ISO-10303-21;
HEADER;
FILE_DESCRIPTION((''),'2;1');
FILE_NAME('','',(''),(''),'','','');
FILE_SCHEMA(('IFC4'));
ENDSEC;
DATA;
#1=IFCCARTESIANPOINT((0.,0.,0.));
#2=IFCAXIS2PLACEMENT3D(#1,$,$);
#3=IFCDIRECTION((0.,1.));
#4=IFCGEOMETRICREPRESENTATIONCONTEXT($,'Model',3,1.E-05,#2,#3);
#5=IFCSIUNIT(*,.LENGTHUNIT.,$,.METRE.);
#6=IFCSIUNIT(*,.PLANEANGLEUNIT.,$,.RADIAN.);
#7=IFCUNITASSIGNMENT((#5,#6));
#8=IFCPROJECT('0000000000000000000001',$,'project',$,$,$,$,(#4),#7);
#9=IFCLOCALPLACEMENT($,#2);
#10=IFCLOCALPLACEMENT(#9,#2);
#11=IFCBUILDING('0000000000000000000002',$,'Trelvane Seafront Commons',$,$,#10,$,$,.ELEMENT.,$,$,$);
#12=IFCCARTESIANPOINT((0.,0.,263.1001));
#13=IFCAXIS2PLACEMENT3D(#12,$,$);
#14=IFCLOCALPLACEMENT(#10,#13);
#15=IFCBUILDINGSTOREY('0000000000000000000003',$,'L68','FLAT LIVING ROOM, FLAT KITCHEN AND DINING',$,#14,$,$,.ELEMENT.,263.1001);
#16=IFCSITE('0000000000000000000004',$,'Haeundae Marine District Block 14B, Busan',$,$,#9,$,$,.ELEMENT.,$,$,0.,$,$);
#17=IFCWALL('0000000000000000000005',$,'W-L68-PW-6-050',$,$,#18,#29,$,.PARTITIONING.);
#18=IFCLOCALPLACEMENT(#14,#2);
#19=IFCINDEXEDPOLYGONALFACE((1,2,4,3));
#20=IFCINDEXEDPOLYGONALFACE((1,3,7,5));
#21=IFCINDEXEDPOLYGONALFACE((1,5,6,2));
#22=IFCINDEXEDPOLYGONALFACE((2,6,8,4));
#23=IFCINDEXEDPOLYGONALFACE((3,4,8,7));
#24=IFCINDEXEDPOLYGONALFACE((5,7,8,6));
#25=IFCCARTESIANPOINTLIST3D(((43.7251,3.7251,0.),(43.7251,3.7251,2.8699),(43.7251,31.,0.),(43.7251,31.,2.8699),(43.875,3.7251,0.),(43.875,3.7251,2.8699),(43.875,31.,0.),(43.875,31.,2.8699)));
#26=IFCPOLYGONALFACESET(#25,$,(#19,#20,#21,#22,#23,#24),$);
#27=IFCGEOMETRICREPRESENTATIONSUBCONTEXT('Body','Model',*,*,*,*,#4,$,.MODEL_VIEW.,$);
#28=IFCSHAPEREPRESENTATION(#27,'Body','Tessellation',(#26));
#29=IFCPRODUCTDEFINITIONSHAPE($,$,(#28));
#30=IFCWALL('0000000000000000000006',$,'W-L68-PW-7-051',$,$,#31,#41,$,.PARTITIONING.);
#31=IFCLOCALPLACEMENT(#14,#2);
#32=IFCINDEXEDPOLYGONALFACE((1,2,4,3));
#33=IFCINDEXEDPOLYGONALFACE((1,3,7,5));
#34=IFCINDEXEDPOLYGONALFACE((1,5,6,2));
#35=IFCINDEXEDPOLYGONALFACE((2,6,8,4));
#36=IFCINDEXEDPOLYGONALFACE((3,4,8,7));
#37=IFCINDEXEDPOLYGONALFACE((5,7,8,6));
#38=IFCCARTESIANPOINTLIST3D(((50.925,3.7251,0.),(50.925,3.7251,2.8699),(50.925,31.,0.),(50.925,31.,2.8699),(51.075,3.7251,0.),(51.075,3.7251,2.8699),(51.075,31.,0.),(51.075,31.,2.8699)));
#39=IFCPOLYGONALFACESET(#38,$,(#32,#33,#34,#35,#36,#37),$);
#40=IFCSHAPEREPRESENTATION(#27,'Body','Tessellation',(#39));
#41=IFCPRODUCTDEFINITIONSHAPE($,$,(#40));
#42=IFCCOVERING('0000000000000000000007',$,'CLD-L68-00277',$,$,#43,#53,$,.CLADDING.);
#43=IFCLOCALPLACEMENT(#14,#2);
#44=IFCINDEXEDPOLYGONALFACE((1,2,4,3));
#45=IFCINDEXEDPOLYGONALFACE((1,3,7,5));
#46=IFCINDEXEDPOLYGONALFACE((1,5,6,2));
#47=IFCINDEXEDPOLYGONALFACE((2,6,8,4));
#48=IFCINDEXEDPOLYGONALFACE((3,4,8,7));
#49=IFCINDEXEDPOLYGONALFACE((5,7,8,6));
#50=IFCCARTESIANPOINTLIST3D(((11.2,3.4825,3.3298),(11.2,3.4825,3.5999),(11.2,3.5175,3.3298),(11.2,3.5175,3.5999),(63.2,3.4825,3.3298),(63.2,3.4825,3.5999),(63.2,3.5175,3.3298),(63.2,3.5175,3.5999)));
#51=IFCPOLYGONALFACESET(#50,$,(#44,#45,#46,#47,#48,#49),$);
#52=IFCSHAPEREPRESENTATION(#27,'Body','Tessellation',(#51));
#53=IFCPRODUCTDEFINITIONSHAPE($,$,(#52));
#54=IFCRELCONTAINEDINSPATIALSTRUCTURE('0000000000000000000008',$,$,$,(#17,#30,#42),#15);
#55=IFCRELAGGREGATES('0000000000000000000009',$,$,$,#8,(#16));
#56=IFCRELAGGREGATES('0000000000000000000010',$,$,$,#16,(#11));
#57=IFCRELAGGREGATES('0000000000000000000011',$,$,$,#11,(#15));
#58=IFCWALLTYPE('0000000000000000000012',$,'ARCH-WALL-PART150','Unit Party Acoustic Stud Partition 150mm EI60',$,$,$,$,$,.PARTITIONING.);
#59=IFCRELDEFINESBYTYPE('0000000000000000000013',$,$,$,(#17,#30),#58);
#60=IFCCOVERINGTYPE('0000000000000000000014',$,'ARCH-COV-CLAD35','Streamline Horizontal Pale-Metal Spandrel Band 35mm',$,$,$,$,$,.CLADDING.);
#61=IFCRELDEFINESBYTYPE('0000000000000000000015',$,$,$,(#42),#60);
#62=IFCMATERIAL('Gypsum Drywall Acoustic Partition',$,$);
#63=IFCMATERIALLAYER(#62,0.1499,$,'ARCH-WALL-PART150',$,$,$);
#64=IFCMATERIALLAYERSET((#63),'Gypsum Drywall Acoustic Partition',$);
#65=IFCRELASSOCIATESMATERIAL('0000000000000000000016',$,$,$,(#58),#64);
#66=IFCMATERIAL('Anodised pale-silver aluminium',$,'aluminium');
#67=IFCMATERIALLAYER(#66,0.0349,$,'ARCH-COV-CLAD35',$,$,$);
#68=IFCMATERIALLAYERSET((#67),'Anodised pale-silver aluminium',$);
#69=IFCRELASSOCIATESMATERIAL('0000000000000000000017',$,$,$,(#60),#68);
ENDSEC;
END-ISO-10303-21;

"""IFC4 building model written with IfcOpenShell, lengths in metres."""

from ifc_helpers import new_model, si_unit, direction, frame, frame_2d, origin, origin_2d, place, context, subcontext, project, spatial, rectangle, extrude, source, transform, mapped, material, layer, layer_set, type_object, element, save


model = new_model("IFC4")

# Units and contexts
model_context = context("Model", 3, precision=1e-05, world=origin(), true_north=direction((0.0, 1.0)))
body_context = subcontext(model_context, "Body", "Model", "MODEL_VIEW")
ifc_project = project(units=[si_unit("LENGTHUNIT", "METRE"), si_unit("PLANEANGLEUNIT", "RADIAN")], contexts=[model_context])

# Site, building, storey
site_placement = place(None, origin())
site = spatial("IfcSite", under=ifc_project, at=site_placement, Name="Haeundae Marine District Block 14B, Busan", CompositionType="ELEMENT", RefElevation=0.0)
building_placement = place(site_placement, origin())
building = spatial("IfcBuilding", under=site, at=building_placement, Name="Trelvane Seafront Commons", CompositionType="ELEMENT")
storey_placement = place(building_placement, frame((0.0, 0.0, 263.1001)))
storey = spatial("IfcBuildingStorey", under=building, at=storey_placement, Name="L68", Description="FLAT LIVING ROOM, FLAT KITCHEN AND DINING", CompositionType="ELEMENT", Elevation=263.1001)

# Shared definitions
ifc_material_1 = material(Name="Anodised pale-silver aluminium", Category="aluminium")

# Shared definitions
ifc_material_2 = material(Name="Gypsum Drywall Acoustic Partition")

# Walls
ifc_layer_1 = layer(ifc_material_2, 0.1499, Name="ARCH-WALL-PART150")
ifc_layer_set_1 = layer_set([ifc_layer_1], Name="Gypsum Drywall Acoustic Partition")
wall_type_1 = type_object("IfcWallType", Name="ARCH-WALL-PART150", Description="Unit Party Acoustic Stud Partition 150mm EI60", PredefinedType="PARTITIONING", material=ifc_layer_set_1)
for number, where, z_axis, x_axis, name in (
    (1, (43.8, 3.7251, 0.0), (0.0, 0.0, 1.0), (0.0, 1.0, 0.0), "W-L68-PW-6-050"),
    (2, (51.0, 3.7251, 0.0), (0.0, 0.0, 1.0), (0.0, 1.0, 0.0), "W-L68-PW-7-051"),
):
    element("IfcWall", number, at=place(storey_placement, frame(where, z_axis=z_axis, x_axis=x_axis)), inside=storey, type_object=wall_type_1, Name=name, PredefinedType="PARTITIONING", context=body_context, shape_type="SweptSolid", body=[
        extrude(rectangle(XDim=27.2749, YDim=0.1499, at=frame_2d((13.6375, 0.0))), origin(), (0.0, 0.0, 1.0), 2.8699),
    ])

# Covering
ifc_layer_2 = layer(ifc_material_1, 0.0349, Name="ARCH-COV-CLAD35")
ifc_layer_set_2 = layer_set([ifc_layer_2], Name="Anodised pale-silver aluminium")
covering_type = type_object("IfcCoveringType", Name="ARCH-COV-CLAD35", Description="Streamline Horizontal Pale-Metal Spandrel Band 35mm", PredefinedType="CLADDING", material=ifc_layer_set_2)
shared_shape_1 = source(origin(), body_context, "Body", "SweptSolid", [
    extrude(rectangle(XDim=52.0, YDim=0.0349, at=origin_2d()), origin(), (0.0, 0.0, 1.0), 0.27),
])
covering_placement = place(storey_placement, frame((37.2, 3.5, 3.3298), z_axis=(0.0, 0.0, 1.0), x_axis=(-1.0, 0.0, 0.0)))
element("IfcCovering", 3, at=covering_placement, inside=storey, type_object=covering_type, Name="CLD-L68-00277", PredefinedType="CLADDING", context=body_context, shape_type="MappedRepresentation", body=[
    mapped(shared_shape_1, transform((0.0, 0.0, 0.0), x_axis=(1.0, 0.0, 0.0), y_axis=(0.0, 1.0, 0.0), z_axis=(0.0, 0.0, 1.0), scale=1.0)),
])

save(model, "model.ifc")
